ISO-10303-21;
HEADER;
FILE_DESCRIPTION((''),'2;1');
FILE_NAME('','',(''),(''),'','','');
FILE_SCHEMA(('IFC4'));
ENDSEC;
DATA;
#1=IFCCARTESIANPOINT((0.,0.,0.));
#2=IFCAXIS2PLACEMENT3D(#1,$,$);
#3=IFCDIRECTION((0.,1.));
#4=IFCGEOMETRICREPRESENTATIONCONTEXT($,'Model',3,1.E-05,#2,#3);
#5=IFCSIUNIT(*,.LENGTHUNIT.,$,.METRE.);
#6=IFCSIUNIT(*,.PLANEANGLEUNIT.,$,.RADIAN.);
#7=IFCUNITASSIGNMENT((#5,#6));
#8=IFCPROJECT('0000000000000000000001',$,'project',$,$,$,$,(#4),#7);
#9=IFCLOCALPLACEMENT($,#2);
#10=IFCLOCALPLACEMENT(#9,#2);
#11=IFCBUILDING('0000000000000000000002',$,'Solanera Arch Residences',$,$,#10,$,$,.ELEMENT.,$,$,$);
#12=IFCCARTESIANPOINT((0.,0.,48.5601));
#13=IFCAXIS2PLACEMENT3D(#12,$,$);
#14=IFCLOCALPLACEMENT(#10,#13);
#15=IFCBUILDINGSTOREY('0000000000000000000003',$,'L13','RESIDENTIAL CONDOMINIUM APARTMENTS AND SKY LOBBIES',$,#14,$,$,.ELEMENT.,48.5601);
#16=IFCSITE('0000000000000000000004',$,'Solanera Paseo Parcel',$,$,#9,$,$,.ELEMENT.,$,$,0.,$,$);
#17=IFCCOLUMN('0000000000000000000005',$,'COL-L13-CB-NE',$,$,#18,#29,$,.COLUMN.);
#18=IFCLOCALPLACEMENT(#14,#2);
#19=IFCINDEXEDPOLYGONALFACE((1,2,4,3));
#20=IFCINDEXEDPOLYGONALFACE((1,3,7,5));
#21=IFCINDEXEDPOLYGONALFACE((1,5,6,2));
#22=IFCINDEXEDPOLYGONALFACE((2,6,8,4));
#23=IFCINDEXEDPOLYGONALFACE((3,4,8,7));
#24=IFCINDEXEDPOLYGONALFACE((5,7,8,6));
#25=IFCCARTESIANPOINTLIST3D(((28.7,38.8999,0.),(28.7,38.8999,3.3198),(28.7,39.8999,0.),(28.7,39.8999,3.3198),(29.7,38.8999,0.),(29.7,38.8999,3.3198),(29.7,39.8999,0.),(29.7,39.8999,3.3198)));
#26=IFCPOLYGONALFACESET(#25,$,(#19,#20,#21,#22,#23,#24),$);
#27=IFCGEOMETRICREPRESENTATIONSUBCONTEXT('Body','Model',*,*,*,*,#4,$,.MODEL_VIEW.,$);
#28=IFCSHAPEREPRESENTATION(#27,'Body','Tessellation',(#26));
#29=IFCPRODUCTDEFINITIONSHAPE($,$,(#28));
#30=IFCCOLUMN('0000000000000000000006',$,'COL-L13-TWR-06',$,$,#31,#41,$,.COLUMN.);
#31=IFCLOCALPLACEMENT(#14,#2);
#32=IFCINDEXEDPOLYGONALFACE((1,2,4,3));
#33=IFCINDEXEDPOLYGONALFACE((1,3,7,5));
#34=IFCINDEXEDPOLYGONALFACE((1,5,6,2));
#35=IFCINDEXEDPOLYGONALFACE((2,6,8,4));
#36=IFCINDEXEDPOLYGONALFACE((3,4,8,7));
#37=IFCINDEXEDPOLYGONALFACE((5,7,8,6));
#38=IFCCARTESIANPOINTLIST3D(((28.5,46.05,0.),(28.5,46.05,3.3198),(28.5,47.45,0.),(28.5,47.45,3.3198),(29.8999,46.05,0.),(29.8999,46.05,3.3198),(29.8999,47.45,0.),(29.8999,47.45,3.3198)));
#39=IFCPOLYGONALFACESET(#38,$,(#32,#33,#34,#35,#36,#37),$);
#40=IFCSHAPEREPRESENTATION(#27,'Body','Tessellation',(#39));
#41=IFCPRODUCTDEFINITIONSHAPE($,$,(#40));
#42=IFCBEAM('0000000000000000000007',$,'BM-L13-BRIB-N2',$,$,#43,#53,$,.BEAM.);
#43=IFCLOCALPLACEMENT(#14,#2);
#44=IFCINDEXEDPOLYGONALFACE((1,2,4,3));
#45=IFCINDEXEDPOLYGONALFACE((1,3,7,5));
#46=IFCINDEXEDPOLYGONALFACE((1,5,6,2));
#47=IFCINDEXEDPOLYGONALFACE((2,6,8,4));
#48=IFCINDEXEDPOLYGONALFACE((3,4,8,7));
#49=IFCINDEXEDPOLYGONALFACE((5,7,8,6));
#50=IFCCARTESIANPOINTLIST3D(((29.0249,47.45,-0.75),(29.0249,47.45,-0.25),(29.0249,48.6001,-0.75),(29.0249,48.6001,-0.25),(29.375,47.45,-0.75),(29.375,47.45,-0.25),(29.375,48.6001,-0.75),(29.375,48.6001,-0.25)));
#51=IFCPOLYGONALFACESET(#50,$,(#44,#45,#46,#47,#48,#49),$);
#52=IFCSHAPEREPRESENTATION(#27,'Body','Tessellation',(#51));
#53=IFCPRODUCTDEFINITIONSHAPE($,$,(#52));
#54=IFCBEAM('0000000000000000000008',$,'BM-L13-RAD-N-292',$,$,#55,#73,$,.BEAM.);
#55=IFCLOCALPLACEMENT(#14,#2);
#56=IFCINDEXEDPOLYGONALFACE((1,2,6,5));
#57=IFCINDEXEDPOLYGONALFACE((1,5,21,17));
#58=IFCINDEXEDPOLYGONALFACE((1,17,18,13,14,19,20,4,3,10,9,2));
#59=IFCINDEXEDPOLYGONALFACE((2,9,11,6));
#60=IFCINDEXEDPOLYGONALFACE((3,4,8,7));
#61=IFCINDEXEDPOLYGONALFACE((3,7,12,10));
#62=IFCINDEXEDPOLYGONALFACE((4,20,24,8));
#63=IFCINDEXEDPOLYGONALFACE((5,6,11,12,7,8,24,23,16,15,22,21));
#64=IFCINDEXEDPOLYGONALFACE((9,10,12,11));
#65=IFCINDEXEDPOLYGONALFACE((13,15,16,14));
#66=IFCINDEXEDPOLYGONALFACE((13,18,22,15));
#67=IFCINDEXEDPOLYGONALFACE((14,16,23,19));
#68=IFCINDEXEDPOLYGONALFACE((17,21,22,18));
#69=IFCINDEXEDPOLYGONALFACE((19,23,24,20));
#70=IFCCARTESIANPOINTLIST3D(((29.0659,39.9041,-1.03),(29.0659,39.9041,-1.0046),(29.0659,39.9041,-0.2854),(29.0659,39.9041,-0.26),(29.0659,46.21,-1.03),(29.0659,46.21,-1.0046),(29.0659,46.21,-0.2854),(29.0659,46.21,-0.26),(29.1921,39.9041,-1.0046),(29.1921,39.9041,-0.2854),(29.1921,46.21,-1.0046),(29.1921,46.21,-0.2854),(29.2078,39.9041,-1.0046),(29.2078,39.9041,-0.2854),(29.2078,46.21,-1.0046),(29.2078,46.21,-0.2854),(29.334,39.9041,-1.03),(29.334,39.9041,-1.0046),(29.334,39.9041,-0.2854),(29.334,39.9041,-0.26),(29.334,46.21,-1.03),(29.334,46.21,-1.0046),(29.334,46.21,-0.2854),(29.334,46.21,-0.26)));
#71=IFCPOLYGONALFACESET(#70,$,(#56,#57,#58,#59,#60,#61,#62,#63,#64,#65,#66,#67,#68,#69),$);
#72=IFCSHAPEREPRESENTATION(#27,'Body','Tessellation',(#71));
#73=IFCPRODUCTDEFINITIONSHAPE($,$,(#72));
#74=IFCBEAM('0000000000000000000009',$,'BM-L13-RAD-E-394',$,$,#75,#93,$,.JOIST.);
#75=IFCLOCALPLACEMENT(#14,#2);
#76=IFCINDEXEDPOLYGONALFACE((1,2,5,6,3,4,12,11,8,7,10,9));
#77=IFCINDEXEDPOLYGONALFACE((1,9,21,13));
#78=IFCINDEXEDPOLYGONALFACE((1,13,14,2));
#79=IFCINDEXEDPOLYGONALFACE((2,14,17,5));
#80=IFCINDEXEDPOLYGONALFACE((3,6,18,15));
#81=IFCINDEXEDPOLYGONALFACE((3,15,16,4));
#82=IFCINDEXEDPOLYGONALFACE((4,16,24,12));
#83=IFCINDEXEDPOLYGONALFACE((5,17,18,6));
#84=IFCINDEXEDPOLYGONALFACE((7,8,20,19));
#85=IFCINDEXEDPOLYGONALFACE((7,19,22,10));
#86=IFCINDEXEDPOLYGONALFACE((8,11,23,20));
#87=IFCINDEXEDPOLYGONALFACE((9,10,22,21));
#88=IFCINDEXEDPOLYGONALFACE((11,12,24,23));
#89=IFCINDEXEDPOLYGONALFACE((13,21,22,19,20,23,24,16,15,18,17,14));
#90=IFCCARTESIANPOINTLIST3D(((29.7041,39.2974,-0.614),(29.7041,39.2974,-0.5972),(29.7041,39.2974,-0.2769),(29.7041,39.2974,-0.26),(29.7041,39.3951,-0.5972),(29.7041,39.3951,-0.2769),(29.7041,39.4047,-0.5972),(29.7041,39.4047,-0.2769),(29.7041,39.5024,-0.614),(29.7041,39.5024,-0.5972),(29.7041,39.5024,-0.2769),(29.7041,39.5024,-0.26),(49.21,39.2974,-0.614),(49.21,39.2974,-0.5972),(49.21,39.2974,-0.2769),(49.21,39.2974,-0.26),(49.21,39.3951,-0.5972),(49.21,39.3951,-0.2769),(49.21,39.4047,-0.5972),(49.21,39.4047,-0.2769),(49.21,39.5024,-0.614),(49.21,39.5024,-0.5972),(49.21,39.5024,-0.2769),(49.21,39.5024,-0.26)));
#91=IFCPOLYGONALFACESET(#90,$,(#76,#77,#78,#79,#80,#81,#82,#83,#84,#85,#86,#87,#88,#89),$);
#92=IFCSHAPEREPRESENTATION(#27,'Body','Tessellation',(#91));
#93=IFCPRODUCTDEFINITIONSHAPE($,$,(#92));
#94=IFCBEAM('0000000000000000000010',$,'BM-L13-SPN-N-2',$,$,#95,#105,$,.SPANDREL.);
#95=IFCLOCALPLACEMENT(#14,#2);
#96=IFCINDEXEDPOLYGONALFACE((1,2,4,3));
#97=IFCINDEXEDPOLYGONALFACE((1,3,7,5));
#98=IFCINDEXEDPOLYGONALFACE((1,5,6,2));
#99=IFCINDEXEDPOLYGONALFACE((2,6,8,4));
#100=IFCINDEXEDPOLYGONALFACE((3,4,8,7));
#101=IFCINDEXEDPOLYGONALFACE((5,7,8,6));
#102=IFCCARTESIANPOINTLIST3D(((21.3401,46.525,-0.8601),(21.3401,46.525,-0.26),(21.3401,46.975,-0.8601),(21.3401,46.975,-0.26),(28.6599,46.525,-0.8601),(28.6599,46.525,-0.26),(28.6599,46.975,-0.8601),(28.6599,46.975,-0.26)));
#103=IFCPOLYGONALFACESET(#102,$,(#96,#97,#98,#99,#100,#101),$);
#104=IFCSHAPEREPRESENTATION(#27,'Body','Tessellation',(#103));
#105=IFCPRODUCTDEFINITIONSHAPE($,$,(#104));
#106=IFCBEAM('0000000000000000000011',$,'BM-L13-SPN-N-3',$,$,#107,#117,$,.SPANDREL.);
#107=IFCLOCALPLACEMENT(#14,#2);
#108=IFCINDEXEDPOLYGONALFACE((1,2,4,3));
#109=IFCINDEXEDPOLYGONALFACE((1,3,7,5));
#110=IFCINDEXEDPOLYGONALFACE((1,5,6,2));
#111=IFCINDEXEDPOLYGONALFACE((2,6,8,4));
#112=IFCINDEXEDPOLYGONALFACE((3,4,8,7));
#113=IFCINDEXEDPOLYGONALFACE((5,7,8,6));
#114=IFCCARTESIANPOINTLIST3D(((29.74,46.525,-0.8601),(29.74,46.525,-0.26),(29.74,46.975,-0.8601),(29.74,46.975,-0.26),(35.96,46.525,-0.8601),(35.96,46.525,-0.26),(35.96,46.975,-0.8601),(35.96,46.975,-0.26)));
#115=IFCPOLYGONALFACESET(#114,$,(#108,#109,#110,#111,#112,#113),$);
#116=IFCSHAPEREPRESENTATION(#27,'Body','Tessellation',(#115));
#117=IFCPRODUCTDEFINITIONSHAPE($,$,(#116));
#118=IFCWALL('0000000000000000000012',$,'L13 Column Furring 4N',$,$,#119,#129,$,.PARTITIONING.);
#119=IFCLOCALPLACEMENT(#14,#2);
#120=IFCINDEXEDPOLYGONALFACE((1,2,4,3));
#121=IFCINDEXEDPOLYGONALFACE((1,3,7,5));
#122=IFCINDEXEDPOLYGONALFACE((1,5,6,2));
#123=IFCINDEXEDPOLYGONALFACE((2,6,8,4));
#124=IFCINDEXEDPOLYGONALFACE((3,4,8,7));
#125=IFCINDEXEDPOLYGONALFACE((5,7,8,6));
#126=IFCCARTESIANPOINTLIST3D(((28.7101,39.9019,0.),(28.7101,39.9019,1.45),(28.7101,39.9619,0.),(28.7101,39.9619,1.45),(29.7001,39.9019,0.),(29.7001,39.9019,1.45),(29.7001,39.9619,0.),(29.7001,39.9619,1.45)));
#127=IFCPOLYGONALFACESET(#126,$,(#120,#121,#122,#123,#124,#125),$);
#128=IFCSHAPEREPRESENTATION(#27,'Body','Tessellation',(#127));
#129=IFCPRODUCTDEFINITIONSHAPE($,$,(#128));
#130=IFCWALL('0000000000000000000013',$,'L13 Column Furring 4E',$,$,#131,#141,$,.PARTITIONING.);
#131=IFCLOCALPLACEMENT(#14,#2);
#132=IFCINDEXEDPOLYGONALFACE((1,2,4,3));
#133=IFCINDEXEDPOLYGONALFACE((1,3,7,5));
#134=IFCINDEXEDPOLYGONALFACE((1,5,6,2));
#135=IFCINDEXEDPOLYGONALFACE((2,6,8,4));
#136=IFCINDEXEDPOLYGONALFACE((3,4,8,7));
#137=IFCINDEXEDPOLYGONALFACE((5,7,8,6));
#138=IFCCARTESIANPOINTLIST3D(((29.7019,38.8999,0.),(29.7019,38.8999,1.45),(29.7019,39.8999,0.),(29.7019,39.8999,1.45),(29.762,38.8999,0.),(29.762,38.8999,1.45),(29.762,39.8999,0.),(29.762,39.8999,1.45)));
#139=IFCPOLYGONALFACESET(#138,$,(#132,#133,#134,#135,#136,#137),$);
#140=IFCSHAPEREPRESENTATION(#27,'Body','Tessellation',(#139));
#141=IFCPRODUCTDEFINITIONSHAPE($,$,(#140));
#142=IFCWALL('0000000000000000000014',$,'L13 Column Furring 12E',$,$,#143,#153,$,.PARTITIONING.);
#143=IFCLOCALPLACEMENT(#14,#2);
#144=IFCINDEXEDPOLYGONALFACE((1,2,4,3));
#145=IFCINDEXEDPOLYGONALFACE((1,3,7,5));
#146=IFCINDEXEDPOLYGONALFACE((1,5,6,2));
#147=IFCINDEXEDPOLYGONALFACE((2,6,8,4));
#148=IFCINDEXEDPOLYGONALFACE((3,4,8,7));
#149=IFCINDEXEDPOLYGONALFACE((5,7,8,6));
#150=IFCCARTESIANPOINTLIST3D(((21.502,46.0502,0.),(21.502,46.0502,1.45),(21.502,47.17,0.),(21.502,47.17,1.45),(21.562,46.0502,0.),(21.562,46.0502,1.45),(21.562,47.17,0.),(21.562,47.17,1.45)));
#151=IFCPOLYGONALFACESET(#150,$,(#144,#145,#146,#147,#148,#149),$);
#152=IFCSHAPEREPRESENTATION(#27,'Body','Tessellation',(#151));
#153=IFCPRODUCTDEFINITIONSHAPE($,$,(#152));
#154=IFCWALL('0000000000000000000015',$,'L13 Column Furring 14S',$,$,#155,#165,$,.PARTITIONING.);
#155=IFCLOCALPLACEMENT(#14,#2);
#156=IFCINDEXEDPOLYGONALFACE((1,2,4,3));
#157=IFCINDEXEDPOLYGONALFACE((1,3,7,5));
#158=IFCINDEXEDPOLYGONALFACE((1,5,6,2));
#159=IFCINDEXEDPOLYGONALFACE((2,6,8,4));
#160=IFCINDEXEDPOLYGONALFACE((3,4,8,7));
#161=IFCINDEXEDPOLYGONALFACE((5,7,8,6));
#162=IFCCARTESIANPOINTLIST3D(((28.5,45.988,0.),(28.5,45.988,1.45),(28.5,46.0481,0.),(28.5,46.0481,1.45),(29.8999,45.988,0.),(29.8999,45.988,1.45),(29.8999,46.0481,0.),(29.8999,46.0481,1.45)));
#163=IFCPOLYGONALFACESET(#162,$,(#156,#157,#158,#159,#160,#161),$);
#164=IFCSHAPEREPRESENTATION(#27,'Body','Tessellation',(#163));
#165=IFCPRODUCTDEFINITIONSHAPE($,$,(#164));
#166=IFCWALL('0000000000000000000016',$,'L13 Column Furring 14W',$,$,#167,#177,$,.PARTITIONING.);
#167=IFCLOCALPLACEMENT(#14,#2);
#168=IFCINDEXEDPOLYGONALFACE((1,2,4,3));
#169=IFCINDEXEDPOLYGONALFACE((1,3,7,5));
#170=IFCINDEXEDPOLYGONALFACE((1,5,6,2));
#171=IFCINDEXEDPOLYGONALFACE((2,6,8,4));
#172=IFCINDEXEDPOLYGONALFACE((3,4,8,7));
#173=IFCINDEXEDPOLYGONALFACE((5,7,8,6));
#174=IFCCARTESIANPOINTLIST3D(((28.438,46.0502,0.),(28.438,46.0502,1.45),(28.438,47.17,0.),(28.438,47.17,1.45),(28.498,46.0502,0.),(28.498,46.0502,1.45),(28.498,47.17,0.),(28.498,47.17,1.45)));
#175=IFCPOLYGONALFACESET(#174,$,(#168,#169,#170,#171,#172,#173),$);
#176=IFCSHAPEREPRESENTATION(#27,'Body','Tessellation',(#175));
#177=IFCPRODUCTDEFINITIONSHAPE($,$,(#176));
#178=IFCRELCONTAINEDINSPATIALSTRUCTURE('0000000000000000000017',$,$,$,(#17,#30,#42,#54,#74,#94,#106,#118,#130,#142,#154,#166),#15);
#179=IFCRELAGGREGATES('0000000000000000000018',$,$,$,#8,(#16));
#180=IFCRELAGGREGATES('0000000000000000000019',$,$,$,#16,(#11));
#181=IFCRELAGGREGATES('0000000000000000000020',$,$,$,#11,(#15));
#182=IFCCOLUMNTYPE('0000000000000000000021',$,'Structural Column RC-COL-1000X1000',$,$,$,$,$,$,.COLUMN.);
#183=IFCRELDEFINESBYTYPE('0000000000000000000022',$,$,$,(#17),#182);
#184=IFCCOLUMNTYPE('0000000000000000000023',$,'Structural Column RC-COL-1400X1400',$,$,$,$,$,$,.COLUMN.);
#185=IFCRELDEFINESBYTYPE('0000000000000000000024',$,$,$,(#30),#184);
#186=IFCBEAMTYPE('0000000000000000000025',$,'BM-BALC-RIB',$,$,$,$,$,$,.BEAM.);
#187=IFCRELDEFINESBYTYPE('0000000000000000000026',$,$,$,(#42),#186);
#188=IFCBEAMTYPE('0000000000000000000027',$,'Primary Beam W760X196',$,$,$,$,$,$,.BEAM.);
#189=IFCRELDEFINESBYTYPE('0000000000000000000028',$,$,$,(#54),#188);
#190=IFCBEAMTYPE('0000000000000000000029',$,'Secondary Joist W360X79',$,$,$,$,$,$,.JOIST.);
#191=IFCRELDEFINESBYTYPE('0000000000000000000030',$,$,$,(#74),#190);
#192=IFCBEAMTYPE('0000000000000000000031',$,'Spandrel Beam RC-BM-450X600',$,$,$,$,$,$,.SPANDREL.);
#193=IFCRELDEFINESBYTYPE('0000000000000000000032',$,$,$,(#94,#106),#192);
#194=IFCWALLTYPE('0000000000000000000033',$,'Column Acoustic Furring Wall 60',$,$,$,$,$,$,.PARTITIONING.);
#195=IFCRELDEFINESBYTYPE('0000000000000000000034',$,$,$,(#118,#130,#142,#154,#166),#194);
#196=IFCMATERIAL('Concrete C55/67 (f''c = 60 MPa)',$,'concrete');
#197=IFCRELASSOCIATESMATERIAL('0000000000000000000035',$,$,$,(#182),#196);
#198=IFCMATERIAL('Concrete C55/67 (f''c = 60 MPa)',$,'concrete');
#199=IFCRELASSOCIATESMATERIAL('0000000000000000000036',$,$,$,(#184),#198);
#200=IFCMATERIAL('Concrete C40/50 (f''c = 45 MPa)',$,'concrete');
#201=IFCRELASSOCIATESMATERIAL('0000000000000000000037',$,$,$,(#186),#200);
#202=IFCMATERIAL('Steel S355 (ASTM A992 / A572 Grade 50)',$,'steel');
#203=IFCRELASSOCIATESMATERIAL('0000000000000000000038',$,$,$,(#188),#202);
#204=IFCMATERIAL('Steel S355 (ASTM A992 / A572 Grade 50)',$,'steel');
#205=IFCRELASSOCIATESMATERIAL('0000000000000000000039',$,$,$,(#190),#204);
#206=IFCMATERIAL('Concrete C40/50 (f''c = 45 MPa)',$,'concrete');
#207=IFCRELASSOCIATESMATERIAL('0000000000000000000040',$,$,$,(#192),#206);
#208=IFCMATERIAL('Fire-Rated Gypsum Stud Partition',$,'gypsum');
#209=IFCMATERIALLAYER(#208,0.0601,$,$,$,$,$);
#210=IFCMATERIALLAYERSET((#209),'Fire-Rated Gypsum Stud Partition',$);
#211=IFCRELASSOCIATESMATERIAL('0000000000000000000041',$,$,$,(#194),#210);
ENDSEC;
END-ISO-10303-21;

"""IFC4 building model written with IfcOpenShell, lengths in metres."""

from ifc_helpers import new_model, si_unit, direction, frame, frame_2d, origin, origin_2d, place, context, subcontext, project, spatial, rectangle, i_section, extrude, material, layer, layer_set, material_profile, profile_set, type_object, element, save


model = new_model("IFC4")

# Units and contexts
model_context = context("Model", 3, precision=1e-05, world=origin(), true_north=direction((0.0, 1.0)))
body_context = subcontext(model_context, "Body", "Model", "MODEL_VIEW")
ifc_project = project(units=[si_unit("LENGTHUNIT", "METRE"), si_unit("PLANEANGLEUNIT", "RADIAN")], contexts=[model_context])

# Site, building, storey
site_placement = place(None, origin())
site = spatial("IfcSite", under=ifc_project, at=site_placement, Name="Solanera Paseo Parcel", CompositionType="ELEMENT", RefElevation=0.0)
building_placement = place(site_placement, origin())
building = spatial("IfcBuilding", under=site, at=building_placement, Name="Solanera Arch Residences", CompositionType="ELEMENT")
storey_placement = place(building_placement, frame((0.0, 0.0, 48.5601)))
storey = spatial("IfcBuildingStorey", under=building, at=storey_placement, Name="L13", Description="RESIDENTIAL CONDOMINIUM APARTMENTS AND SKY LOBBIES", CompositionType="ELEMENT", Elevation=48.5601)

# Columns
ifc_material_1 = material(Name="Concrete C55/67 (f'c = 60 MPa)", Category="concrete")
ifc_material_profile_1 = material_profile(ifc_material_1, rectangle(XDim=1.0, YDim=1.0, at=origin_2d()))
ifc_profile_set_1 = profile_set([ifc_material_profile_1], Name="Concrete C55/67 (f'c = 60 MPa)")
column_type_1 = type_object("IfcColumnType", Name="Structural Column RC-COL-1000X1000", PredefinedType="COLUMN", material=ifc_profile_set_1)
column_1_placement = place(storey_placement, frame((29.2, 39.3999, 0.0), z_axis=(0.0, 0.0, 1.0), x_axis=(1.0, 0.0, 0.0)))
element("IfcColumn", 1, at=column_1_placement, inside=storey, type_object=column_type_1, Name="COL-L13-CB-NE", PredefinedType="COLUMN", context=body_context, shape_type="SweptSolid", body=[
    extrude(rectangle(XDim=1.0, YDim=1.0, at=origin_2d()), origin(), (0.0, 0.0, 1.0), 3.3198),
])
ifc_material_2 = material(Name="Concrete C55/67 (f'c = 60 MPa)", Category="concrete")
ifc_material_profile_2 = material_profile(ifc_material_2, rectangle(XDim=1.3999, YDim=1.3999, at=origin_2d()))
ifc_profile_set_2 = profile_set([ifc_material_profile_2], Name="Concrete C55/67 (f'c = 60 MPa)")
column_type_2 = type_object("IfcColumnType", Name="Structural Column RC-COL-1400X1400", PredefinedType="COLUMN", material=ifc_profile_set_2)
column_2_placement = place(storey_placement, frame((29.2, 46.75, 0.0), z_axis=(0.0, 0.0, 1.0), x_axis=(1.0, 0.0, 0.0)))
element("IfcColumn", 2, at=column_2_placement, inside=storey, type_object=column_type_2, Name="COL-L13-TWR-06", PredefinedType="COLUMN", context=body_context, shape_type="SweptSolid", body=[
    extrude(rectangle(XDim=1.3999, YDim=1.3999, at=origin_2d()), origin(), (0.0, 0.0, 1.0), 3.3198),
])

# Beams
ifc_material_3 = material(Name="Concrete C40/50 (f'c = 45 MPa)", Category="concrete")
ifc_material_profile_3 = material_profile(ifc_material_3, rectangle(XDim=0.3501, YDim=0.5, at=origin_2d()))
ifc_profile_set_3 = profile_set([ifc_material_profile_3], Name="Concrete C40/50 (f'c = 45 MPa)")
beam_type_1 = type_object("IfcBeamType", Name="BM-BALC-RIB", PredefinedType="BEAM", material=ifc_profile_set_3)
beam_1_placement = place(storey_placement, frame((29.2, 47.45, -0.5), z_axis=(0.0, 1.0, 0.0), x_axis=(-1.0, 0.0, 0.0)))
element("IfcBeam", 3, at=beam_1_placement, inside=storey, type_object=beam_type_1, Name="BM-L13-BRIB-N2", PredefinedType="BEAM", context=body_context, shape_type="SweptSolid", body=[
    extrude(rectangle(XDim=0.3501, YDim=0.5, at=origin_2d()), origin(), (0.0, 0.0, 1.0), 1.1501),
])
ifc_material_4 = material(Name="Steel S355 (ASTM A992 / A572 Grade 50)", Category="steel")
ifc_material_profile_4 = material_profile(ifc_material_4, i_section(OverallWidth=0.2681, OverallDepth=0.77, WebThickness=0.0156, FlangeThickness=0.0254, at=origin_2d()))
ifc_profile_set_4 = profile_set([ifc_material_profile_4], Name="Steel S355 (ASTM A992 / A572 Grade 50)")
beam_type_2 = type_object("IfcBeamType", Name="Primary Beam W760X196", PredefinedType="BEAM", material=ifc_profile_set_4)
beam_2_placement = place(storey_placement, frame((29.2, 39.9041, -0.645), z_axis=(0.0, 1.0, 0.0), x_axis=(-1.0, 0.0, 0.0)))
element("IfcBeam", 4, at=beam_2_placement, inside=storey, type_object=beam_type_2, Name="BM-L13-RAD-N-292", PredefinedType="BEAM", context=body_context, shape_type="SweptSolid", body=[
    extrude(i_section(OverallWidth=0.2681, OverallDepth=0.77, WebThickness=0.0156, FlangeThickness=0.0254, at=origin_2d()), origin(), (0.0, 0.0, 1.0), 6.3059),
])
ifc_material_5 = material(Name="Steel S355 (ASTM A992 / A572 Grade 50)", Category="steel")
ifc_material_profile_5 = material_profile(ifc_material_5, i_section(OverallWidth=0.2051, OverallDepth=0.354, WebThickness=0.0095, FlangeThickness=0.0168, at=origin_2d()))
ifc_profile_set_5 = profile_set([ifc_material_profile_5], Name="Steel S355 (ASTM A992 / A572 Grade 50)")
beam_type_3 = type_object("IfcBeamType", Name="Secondary Joist W360X79", PredefinedType="JOIST", material=ifc_profile_set_5)
beam_3_placement = place(storey_placement, frame((29.7041, 39.3999, -0.437), z_axis=(1.0, 0.0, 0.0), x_axis=(0.0, 1.0, 0.0)))
element("IfcBeam", 5, at=beam_3_placement, inside=storey, type_object=beam_type_3, Name="BM-L13-RAD-E-394", PredefinedType="JOIST", context=body_context, shape_type="SweptSolid", body=[
    extrude(i_section(OverallWidth=0.2051, OverallDepth=0.354, WebThickness=0.0095, FlangeThickness=0.0168, at=origin_2d()), origin(), (0.0, 0.0, 1.0), 19.5059),
])
ifc_material_6 = material(Name="Concrete C40/50 (f'c = 45 MPa)", Category="concrete")
ifc_material_profile_6 = material_profile(ifc_material_6, rectangle(XDim=0.45, YDim=0.6001, at=origin_2d()))
ifc_profile_set_6 = profile_set([ifc_material_profile_6], Name="Concrete C40/50 (f'c = 45 MPa)")
beam_type_4 = type_object("IfcBeamType", Name="Spandrel Beam RC-BM-450X600", PredefinedType="SPANDREL", material=ifc_profile_set_6)
beam_4_placement = place(storey_placement, frame((21.3401, 46.75, -0.5601), z_axis=(1.0, 0.0, 0.0), x_axis=(0.0, 1.0, 0.0)))
element("IfcBeam", 6, at=beam_4_placement, inside=storey, type_object=beam_type_4, Name="BM-L13-SPN-N-2", PredefinedType="SPANDREL", context=body_context, shape_type="SweptSolid", body=[
    extrude(rectangle(XDim=0.45, YDim=0.6001, at=origin_2d()), origin(), (0.0, 0.0, 1.0), 7.3198),
])
beam_5_placement = place(storey_placement, frame((29.74, 46.75, -0.5601), z_axis=(1.0, 0.0, 0.0), x_axis=(0.0, 1.0, 0.0)))
element("IfcBeam", 7, at=beam_5_placement, inside=storey, type_object=beam_type_4, Name="BM-L13-SPN-N-3", PredefinedType="SPANDREL", context=body_context, shape_type="SweptSolid", body=[
    extrude(rectangle(XDim=0.45, YDim=0.6001, at=origin_2d()), origin(), (0.0, 0.0, 1.0), 6.22),
])

# Walls
ifc_material_7 = material(Name="Fire-Rated Gypsum Stud Partition", Category="gypsum")
ifc_layer_1 = layer(ifc_material_7, 0.0601)
ifc_layer_set_1 = layer_set([ifc_layer_1], Name="Fire-Rated Gypsum Stud Partition")
wall_type_1 = type_object("IfcWallType", Name="Column Acoustic Furring Wall 60", PredefinedType="PARTITIONING", material=ifc_layer_set_1)
wall_1_placement = place(storey_placement, frame((28.71, 39.9319, 0.0), z_axis=(0.0, 0.0, 1.0), x_axis=(1.0, 0.0, 0.0)))
element("IfcWall", 8, at=wall_1_placement, inside=storey, type_object=wall_type_1, Name="L13 Column Furring 4N", PredefinedType="PARTITIONING", context=body_context, shape_type="SweptSolid", body=[
    extrude(rectangle(XDim=0.99, YDim=0.0601, at=frame_2d((0.4951, 0.0))), origin(), (0.0, 0.0, 1.0), 1.45),
])
wall_2_placement = place(storey_placement, frame((29.7319, 38.8999, 0.0), z_axis=(0.0, 0.0, 1.0), x_axis=(0.0, 1.0, 0.0)))
element("IfcWall", 9, at=wall_2_placement, inside=storey, type_object=wall_type_1, Name="L13 Column Furring 4E", PredefinedType="PARTITIONING", context=body_context, shape_type="SweptSolid", body=[
    extrude(rectangle(XDim=1.0, YDim=0.0601, at=frame_2d((0.5, 0.0))), origin(), (0.0, 0.0, 1.0), 1.45),
])
wall_3_placement = place(storey_placement, frame((21.532, 46.05, 0.0), z_axis=(0.0, 0.0, 1.0), x_axis=(0.0, 1.0, 0.0)))
element("IfcWall", 10, at=wall_3_placement, inside=storey, type_object=wall_type_1, Name="L13 Column Furring 12E", PredefinedType="PARTITIONING", context=body_context, shape_type="SweptSolid", body=[
    extrude(rectangle(XDim=1.1199, YDim=0.0601, at=frame_2d((0.5601, 0.0))), origin(), (0.0, 0.0, 1.0), 1.45),
])
wall_4_placement = place(storey_placement, frame((28.5, 46.0181, 0.0), z_axis=(0.0, 0.0, 1.0), x_axis=(1.0, 0.0, 0.0)))
element("IfcWall", 11, at=wall_4_placement, inside=storey, type_object=wall_type_1, Name="L13 Column Furring 14S", PredefinedType="PARTITIONING", context=body_context, shape_type="SweptSolid", body=[
    extrude(rectangle(XDim=1.3999, YDim=0.0601, at=frame_2d((0.7, 0.0))), origin(), (0.0, 0.0, 1.0), 1.45),
])
for number, where, z_axis, x_axis, name in (
    (12, (28.468, 46.05, 0.0), (0.0, 0.0, 1.0), (0.0, 1.0, 0.0), "L13 Column Furring 14W"),
):
    element("IfcWall", number, at=place(storey_placement, frame(where, z_axis=z_axis, x_axis=x_axis)), inside=storey, type_object=wall_type_1, Name=name, PredefinedType="PARTITIONING", context=body_context, shape_type="SweptSolid", body=[
        extrude(rectangle(XDim=1.1199, YDim=0.0601, at=frame_2d((0.5601, 0.0))), origin(), (0.0, 0.0, 1.0), 1.45),
    ])

save(model, "model.ifc")
